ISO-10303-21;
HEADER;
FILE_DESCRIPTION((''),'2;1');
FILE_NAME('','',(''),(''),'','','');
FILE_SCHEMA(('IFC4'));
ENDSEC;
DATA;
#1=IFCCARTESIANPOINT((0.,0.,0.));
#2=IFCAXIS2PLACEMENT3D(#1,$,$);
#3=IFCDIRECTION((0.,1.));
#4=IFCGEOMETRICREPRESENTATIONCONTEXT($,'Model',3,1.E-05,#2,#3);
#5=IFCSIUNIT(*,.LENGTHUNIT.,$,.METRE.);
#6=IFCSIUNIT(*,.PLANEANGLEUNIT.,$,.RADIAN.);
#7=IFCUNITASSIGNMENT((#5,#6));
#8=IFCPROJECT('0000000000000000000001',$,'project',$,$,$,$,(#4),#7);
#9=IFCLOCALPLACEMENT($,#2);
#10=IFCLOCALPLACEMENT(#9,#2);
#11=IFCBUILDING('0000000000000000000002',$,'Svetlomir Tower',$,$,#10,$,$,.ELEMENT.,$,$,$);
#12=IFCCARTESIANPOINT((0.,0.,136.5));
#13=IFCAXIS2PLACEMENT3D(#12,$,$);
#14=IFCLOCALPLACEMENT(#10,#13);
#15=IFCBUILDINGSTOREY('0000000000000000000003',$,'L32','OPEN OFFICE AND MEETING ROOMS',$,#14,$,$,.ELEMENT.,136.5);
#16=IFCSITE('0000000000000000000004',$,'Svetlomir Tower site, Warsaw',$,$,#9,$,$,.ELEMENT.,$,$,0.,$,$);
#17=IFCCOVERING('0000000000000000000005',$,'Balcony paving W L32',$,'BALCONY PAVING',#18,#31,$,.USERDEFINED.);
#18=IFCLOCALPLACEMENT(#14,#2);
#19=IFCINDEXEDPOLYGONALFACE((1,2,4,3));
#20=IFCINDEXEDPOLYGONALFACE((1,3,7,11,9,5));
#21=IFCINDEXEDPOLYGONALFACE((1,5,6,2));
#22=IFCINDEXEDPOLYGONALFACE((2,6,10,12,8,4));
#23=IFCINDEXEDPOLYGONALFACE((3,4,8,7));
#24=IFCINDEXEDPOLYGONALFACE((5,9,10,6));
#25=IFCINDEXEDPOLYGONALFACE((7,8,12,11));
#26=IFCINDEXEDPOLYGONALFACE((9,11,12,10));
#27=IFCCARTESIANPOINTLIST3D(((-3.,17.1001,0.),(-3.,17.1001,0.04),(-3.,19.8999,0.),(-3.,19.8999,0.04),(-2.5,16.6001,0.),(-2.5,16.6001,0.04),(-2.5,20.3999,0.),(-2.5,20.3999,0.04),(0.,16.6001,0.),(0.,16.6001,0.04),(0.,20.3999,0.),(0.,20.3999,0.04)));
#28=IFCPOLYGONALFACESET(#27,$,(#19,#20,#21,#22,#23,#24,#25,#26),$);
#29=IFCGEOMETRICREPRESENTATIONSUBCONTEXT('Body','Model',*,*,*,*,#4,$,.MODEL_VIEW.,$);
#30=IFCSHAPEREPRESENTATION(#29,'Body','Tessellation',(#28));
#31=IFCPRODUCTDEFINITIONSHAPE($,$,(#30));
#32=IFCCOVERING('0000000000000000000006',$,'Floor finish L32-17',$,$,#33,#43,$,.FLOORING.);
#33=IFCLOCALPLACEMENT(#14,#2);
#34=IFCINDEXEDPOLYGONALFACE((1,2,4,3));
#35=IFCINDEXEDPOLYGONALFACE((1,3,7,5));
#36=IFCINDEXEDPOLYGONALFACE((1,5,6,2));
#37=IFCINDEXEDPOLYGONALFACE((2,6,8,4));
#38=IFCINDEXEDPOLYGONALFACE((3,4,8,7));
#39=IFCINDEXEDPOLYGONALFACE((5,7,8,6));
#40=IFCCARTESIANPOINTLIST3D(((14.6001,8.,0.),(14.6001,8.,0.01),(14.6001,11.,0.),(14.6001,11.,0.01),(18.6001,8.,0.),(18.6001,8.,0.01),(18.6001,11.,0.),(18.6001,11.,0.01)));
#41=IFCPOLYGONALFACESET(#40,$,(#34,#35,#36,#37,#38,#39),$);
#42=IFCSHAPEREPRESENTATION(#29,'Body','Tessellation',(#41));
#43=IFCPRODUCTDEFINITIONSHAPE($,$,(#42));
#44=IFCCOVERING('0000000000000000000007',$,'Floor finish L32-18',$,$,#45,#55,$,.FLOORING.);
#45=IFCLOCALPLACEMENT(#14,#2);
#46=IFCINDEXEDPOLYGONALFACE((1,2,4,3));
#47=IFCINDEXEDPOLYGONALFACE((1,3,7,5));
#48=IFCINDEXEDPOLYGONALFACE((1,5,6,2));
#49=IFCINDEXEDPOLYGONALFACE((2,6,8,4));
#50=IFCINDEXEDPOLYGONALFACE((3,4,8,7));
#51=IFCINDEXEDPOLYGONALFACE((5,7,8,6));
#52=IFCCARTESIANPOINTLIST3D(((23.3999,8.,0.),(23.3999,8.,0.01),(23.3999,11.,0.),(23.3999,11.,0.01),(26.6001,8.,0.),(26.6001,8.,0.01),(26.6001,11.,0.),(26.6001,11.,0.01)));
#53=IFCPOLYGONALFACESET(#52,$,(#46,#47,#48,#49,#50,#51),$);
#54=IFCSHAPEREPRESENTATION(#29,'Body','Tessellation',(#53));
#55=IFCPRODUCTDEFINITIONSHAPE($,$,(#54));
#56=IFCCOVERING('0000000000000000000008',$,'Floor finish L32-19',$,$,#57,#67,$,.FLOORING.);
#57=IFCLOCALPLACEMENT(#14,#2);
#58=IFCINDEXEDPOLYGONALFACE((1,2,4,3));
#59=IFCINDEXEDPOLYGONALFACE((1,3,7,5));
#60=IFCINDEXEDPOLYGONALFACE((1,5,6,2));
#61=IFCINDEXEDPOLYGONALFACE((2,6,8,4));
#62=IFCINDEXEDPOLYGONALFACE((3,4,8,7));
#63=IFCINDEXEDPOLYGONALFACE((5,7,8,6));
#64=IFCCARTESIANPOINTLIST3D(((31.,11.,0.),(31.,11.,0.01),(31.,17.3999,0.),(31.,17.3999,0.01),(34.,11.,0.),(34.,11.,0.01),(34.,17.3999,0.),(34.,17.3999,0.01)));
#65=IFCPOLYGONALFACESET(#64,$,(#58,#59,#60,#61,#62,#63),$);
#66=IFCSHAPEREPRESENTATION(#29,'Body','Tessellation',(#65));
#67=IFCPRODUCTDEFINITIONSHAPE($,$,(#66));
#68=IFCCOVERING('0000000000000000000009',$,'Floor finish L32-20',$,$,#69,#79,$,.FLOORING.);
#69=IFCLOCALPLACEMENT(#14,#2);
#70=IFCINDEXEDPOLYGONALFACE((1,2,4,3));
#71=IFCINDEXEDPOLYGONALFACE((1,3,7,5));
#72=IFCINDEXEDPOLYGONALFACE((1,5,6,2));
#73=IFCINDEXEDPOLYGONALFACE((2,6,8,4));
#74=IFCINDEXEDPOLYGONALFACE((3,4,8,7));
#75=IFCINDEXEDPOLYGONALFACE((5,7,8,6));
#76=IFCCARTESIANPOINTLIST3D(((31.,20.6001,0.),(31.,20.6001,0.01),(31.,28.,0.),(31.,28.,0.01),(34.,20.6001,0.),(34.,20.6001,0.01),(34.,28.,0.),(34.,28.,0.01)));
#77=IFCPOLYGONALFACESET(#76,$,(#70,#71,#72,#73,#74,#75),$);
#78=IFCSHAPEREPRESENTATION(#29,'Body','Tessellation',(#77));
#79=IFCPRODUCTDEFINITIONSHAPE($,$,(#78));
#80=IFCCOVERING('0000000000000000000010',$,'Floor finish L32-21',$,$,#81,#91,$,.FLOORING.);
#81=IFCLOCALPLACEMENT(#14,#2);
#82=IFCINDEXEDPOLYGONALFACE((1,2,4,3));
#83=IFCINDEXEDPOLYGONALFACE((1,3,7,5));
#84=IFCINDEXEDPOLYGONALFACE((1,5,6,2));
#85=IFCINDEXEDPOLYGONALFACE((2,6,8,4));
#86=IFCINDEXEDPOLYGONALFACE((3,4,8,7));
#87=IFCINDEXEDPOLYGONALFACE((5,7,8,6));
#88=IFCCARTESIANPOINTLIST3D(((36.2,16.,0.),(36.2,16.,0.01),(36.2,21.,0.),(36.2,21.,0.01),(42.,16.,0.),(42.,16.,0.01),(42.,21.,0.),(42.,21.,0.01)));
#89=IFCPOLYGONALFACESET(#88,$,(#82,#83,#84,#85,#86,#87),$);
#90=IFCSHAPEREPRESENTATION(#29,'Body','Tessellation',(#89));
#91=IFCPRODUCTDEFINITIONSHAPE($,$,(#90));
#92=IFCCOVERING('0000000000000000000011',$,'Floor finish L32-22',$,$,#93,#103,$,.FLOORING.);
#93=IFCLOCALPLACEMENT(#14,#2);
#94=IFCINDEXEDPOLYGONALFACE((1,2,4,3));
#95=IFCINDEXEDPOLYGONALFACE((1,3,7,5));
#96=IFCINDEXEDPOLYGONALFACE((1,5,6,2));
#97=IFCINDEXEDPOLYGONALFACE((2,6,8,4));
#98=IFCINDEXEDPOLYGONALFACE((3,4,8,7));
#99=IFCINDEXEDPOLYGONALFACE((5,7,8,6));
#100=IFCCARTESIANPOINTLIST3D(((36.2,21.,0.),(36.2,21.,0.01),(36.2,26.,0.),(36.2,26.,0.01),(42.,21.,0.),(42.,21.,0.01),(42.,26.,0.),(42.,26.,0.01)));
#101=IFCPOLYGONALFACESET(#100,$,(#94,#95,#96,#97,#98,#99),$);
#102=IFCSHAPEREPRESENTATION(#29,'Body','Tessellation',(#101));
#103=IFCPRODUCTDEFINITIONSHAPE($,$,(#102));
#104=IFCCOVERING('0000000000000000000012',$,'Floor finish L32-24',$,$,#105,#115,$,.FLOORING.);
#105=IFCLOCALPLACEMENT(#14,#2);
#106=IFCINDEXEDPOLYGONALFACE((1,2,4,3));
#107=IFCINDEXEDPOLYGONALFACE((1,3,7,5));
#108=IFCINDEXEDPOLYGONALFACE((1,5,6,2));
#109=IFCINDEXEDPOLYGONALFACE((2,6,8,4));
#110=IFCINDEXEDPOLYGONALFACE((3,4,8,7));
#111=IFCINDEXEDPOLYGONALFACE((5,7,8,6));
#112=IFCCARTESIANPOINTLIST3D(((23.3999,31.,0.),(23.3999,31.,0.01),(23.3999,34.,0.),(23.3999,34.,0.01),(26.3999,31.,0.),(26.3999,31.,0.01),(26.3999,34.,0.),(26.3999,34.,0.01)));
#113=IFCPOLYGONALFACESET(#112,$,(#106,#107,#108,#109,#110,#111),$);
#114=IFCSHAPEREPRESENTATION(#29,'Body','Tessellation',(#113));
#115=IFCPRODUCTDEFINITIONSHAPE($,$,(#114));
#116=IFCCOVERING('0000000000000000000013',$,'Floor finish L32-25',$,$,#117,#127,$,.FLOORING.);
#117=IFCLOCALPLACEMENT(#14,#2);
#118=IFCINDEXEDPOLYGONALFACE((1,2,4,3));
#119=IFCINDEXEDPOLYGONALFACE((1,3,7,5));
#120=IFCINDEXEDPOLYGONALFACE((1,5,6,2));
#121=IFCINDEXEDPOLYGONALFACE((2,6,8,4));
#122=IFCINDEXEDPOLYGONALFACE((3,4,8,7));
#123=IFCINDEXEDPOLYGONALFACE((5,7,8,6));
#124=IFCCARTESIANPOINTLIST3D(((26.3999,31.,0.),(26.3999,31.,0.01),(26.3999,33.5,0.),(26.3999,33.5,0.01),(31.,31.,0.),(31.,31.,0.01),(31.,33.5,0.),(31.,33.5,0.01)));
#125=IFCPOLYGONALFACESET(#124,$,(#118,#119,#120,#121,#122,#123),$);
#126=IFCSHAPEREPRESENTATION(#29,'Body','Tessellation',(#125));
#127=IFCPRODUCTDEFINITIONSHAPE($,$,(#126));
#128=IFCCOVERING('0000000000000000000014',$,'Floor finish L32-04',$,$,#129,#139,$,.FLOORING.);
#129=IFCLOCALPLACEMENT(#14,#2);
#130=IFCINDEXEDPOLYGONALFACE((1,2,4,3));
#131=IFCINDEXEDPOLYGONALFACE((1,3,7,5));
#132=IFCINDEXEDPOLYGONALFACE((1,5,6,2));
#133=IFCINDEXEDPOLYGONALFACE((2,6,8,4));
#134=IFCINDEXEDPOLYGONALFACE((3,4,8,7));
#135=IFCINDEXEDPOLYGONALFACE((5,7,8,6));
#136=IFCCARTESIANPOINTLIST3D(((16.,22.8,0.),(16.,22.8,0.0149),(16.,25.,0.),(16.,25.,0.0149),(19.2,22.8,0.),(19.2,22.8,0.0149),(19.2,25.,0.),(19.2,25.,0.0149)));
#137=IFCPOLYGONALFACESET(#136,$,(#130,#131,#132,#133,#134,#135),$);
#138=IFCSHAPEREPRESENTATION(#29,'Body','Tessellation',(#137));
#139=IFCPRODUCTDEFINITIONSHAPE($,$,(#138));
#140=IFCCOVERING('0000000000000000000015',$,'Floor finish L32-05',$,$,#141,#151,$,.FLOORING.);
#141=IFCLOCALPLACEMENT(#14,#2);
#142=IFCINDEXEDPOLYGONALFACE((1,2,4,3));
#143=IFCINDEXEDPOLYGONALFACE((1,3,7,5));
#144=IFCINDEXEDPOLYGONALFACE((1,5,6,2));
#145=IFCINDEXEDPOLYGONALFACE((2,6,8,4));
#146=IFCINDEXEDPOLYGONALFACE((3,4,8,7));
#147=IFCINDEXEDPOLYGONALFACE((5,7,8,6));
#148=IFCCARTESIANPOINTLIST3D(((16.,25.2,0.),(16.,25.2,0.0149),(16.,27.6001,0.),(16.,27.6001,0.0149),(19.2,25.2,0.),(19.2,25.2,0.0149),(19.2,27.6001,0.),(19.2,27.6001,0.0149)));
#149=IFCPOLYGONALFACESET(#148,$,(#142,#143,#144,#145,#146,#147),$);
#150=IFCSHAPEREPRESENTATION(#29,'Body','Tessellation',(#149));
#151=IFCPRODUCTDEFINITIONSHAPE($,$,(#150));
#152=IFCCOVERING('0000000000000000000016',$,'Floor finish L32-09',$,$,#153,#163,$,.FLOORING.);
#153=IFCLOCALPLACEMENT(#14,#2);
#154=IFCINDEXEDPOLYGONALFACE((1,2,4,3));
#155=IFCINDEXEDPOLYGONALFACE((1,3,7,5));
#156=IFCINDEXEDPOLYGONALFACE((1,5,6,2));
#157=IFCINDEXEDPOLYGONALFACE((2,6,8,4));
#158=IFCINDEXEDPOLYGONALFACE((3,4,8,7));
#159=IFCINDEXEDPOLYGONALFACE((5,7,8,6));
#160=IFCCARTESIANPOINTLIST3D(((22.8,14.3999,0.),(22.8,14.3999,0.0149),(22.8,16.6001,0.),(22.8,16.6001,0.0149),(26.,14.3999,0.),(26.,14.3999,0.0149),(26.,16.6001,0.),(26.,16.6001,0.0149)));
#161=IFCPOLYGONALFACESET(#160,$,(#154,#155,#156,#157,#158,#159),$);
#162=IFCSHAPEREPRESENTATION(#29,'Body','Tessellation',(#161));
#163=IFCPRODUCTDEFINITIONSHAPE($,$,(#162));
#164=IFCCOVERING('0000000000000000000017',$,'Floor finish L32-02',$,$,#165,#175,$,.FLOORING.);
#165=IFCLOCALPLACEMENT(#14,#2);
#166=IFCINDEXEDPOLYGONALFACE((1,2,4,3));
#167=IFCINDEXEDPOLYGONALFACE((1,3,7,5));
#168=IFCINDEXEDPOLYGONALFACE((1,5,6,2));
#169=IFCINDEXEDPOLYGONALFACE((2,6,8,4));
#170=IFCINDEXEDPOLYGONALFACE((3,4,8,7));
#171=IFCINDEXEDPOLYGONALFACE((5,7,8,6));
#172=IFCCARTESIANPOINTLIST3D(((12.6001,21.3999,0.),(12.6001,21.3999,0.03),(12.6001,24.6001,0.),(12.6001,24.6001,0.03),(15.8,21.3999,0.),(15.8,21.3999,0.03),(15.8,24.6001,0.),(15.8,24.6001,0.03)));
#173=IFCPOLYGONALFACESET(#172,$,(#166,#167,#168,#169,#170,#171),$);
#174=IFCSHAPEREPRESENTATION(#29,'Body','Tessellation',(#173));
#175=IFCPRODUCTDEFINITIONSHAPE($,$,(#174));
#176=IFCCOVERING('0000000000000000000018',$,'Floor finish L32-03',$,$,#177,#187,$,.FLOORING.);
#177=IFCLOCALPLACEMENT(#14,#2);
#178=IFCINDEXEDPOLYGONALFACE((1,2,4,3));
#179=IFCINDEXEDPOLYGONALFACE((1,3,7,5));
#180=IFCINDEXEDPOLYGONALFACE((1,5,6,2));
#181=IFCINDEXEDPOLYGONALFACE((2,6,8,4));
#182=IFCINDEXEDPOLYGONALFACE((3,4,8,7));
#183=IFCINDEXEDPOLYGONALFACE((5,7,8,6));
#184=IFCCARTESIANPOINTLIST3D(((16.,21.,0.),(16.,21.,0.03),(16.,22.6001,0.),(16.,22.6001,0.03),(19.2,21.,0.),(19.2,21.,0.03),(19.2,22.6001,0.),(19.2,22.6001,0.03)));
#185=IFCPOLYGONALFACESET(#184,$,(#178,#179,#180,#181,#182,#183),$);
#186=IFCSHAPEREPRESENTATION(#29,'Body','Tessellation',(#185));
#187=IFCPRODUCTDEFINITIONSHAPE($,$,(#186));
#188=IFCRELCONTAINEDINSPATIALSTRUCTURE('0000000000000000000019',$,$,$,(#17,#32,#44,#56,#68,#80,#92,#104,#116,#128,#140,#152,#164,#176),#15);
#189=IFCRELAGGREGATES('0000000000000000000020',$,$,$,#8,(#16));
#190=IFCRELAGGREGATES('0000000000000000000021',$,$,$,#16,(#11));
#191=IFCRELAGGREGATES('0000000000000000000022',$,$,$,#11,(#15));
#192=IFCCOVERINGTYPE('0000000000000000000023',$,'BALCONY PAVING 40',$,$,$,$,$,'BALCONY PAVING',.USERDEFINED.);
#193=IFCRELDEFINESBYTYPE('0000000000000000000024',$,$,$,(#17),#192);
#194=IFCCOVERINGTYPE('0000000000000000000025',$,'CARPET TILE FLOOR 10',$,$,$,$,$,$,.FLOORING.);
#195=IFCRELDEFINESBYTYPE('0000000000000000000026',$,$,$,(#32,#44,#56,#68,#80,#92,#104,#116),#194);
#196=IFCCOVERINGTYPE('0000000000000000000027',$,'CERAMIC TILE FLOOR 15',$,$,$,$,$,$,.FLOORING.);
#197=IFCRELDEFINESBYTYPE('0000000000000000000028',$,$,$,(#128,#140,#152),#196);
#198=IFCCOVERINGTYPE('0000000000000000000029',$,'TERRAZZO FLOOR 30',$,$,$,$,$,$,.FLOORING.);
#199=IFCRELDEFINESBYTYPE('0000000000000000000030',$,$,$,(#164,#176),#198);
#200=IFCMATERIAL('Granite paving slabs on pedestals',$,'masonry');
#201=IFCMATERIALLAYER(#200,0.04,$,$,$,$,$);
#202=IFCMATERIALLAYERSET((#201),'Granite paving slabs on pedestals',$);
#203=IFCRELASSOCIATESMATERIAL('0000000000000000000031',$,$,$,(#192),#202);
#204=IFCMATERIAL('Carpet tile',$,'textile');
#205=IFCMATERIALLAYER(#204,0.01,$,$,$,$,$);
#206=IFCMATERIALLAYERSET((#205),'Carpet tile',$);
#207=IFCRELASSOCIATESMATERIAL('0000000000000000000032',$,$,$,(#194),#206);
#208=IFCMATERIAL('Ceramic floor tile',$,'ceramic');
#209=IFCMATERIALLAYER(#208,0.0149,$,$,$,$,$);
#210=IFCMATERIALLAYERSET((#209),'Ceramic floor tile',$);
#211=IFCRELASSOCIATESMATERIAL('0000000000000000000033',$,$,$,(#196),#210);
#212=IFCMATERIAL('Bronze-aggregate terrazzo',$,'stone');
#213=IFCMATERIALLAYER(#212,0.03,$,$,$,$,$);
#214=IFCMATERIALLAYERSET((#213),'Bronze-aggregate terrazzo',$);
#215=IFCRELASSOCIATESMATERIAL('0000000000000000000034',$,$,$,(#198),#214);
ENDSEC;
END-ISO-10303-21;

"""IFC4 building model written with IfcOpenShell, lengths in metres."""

from ifc_helpers import new_model, si_unit, direction, frame, origin, place, context, subcontext, project, spatial, polyline, outline, extrude, material, layer, layer_set, type_object, element, save


model = new_model("IFC4")

# Units and contexts
model_context = context("Model", 3, precision=1e-05, world=origin(), true_north=direction((0.0, 1.0)))
body_context = subcontext(model_context, "Body", "Model", "MODEL_VIEW")
ifc_project = project(units=[si_unit("LENGTHUNIT", "METRE"), si_unit("PLANEANGLEUNIT", "RADIAN")], contexts=[model_context])

# Site, building, storey
site_placement = place(None, origin())
site = spatial("IfcSite", under=ifc_project, at=site_placement, Name="Svetlomir Tower site, Warsaw", CompositionType="ELEMENT", RefElevation=0.0)
building_placement = place(site_placement, origin())
building = spatial("IfcBuilding", under=site, at=building_placement, Name="Svetlomir Tower", CompositionType="ELEMENT")
storey_placement = place(building_placement, frame((0.0, 0.0, 136.5)))
storey = spatial("IfcBuildingStorey", under=building, at=storey_placement, Name="L32", Description="OPEN OFFICE AND MEETING ROOMS", CompositionType="ELEMENT", Elevation=136.5)

# Coverings
ifc_material_1 = material(Name="Granite paving slabs on pedestals", Category="masonry")
ifc_layer_1 = layer(ifc_material_1, 0.04)
ifc_layer_set_1 = layer_set([ifc_layer_1], Name="Granite paving slabs on pedestals")
covering_type_1 = type_object("IfcCoveringType", Name="BALCONY PAVING 40", ElementType="BALCONY PAVING", PredefinedType="USERDEFINED", material=ifc_layer_set_1)
covering_1_placement = place(storey_placement, origin())
element("IfcCovering", 1, at=covering_1_placement, inside=storey, type_object=covering_type_1, Name="Balcony paving W L32", ObjectType="BALCONY PAVING", PredefinedType="USERDEFINED", context=body_context, shape_type="SweptSolid", body=[
    extrude(outline(polyline([(-2.5, 16.6001), (0.0, 16.6001), (0.0, 20.3999), (-2.5, 20.3999), (-3.0, 19.8999), (-3.0, 17.1001), (-2.5, 16.6001)])), origin(), (0.0, 0.0, 1.0), 0.04),
])
ifc_material_2 = material(Name="Carpet tile", Category="textile")
ifc_layer_2 = layer(ifc_material_2, 0.01)
ifc_layer_set_2 = layer_set([ifc_layer_2], Name="Carpet tile")
covering_type_2 = type_object("IfcCoveringType", Name="CARPET TILE FLOOR 10", PredefinedType="FLOORING", material=ifc_layer_set_2)
covering_2_placement = place(storey_placement, origin())
element("IfcCovering", 2, at=covering_2_placement, inside=storey, type_object=covering_type_2, Name="Floor finish L32-17", PredefinedType="FLOORING", context=body_context, shape_type="SweptSolid", body=[
    extrude(outline(polyline([(14.6001, 8.0), (18.6001, 8.0), (18.6001, 11.0), (14.6001, 11.0), (14.6001, 8.0)])), origin(), (0.0, 0.0, 1.0), 0.01),
])
covering_3_placement = place(storey_placement, origin())
element("IfcCovering", 3, at=covering_3_placement, inside=storey, type_object=covering_type_2, Name="Floor finish L32-18", PredefinedType="FLOORING", context=body_context, shape_type="SweptSolid", body=[
    extrude(outline(polyline([(23.3999, 8.0), (26.6001, 8.0), (26.6001, 11.0), (23.3999, 11.0), (23.3999, 8.0)])), origin(), (0.0, 0.0, 1.0), 0.01),
])
covering_4_placement = place(storey_placement, origin())
element("IfcCovering", 4, at=covering_4_placement, inside=storey, type_object=covering_type_2, Name="Floor finish L32-19", PredefinedType="FLOORING", context=body_context, shape_type="SweptSolid", body=[
    extrude(outline(polyline([(31.0, 11.0), (34.0, 11.0), (34.0, 17.3999), (31.0, 17.3999), (31.0, 11.0)])), origin(), (0.0, 0.0, 1.0), 0.01),
])
covering_5_placement = place(storey_placement, origin())
element("IfcCovering", 5, at=covering_5_placement, inside=storey, type_object=covering_type_2, Name="Floor finish L32-20", PredefinedType="FLOORING", context=body_context, shape_type="SweptSolid", body=[
    extrude(outline(polyline([(31.0, 20.6001), (34.0, 20.6001), (34.0, 28.0), (31.0, 28.0), (31.0, 20.6001)])), origin(), (0.0, 0.0, 1.0), 0.01),
])
covering_6_placement = place(storey_placement, origin())
element("IfcCovering", 6, at=covering_6_placement, inside=storey, type_object=covering_type_2, Name="Floor finish L32-21", PredefinedType="FLOORING", context=body_context, shape_type="SweptSolid", body=[
    extrude(outline(polyline([(36.2, 16.0), (42.0, 16.0), (42.0, 21.0), (36.2, 21.0), (36.2, 16.0)])), origin(), (0.0, 0.0, 1.0), 0.01),
])
covering_7_placement = place(storey_placement, origin())
element("IfcCovering", 7, at=covering_7_placement, inside=storey, type_object=covering_type_2, Name="Floor finish L32-22", PredefinedType="FLOORING", context=body_context, shape_type="SweptSolid", body=[
    extrude(outline(polyline([(36.2, 21.0), (42.0, 21.0), (42.0, 26.0), (36.2, 26.0), (36.2, 21.0)])), origin(), (0.0, 0.0, 1.0), 0.01),
])
covering_8_placement = place(storey_placement, origin())
element("IfcCovering", 8, at=covering_8_placement, inside=storey, type_object=covering_type_2, Name="Floor finish L32-24", PredefinedType="FLOORING", context=body_context, shape_type="SweptSolid", body=[
    extrude(outline(polyline([(23.3999, 31.0), (26.3999, 31.0), (26.3999, 34.0), (23.3999, 34.0), (23.3999, 31.0)])), origin(), (0.0, 0.0, 1.0), 0.01),
])
covering_9_placement = place(storey_placement, origin())
element("IfcCovering", 9, at=covering_9_placement, inside=storey, type_object=covering_type_2, Name="Floor finish L32-25", PredefinedType="FLOORING", context=body_context, shape_type="SweptSolid", body=[
    extrude(outline(polyline([(26.3999, 31.0), (31.0, 31.0), (31.0, 33.5), (26.3999, 33.5), (26.3999, 31.0)])), origin(), (0.0, 0.0, 1.0), 0.01),
])
ifc_material_3 = material(Name="Ceramic floor tile", Category="ceramic")
ifc_layer_3 = layer(ifc_material_3, 0.0149)
ifc_layer_set_3 = layer_set([ifc_layer_3], Name="Ceramic floor tile")
covering_type_3 = type_object("IfcCoveringType", Name="CERAMIC TILE FLOOR 15", PredefinedType="FLOORING", material=ifc_layer_set_3)
covering_10_placement = place(storey_placement, origin())
element("IfcCovering", 10, at=covering_10_placement, inside=storey, type_object=covering_type_3, Name="Floor finish L32-04", PredefinedType="FLOORING", context=body_context, shape_type="SweptSolid", body=[
    extrude(outline(polyline([(16.0, 22.8), (19.2, 22.8), (19.2, 25.0), (16.0, 25.0), (16.0, 22.8)])), origin(), (0.0, 0.0, 1.0), 0.0149),
])
covering_11_placement = place(storey_placement, origin())
element("IfcCovering", 11, at=covering_11_placement, inside=storey, type_object=covering_type_3, Name="Floor finish L32-05", PredefinedType="FLOORING", context=body_context, shape_type="SweptSolid", body=[
    extrude(outline(polyline([(16.0, 25.2), (19.2, 25.2), (19.2, 27.6001), (16.0, 27.6001), (16.0, 25.2)])), origin(), (0.0, 0.0, 1.0), 0.0149),
])
covering_12_placement = place(storey_placement, origin())
element("IfcCovering", 12, at=covering_12_placement, inside=storey, type_object=covering_type_3, Name="Floor finish L32-09", PredefinedType="FLOORING", context=body_context, shape_type="SweptSolid", body=[
    extrude(outline(polyline([(22.8, 14.3999), (26.0, 14.3999), (26.0, 16.6001), (22.8, 16.6001), (22.8, 14.3999)])), origin(), (0.0, 0.0, 1.0), 0.0149),
])
ifc_material_4 = material(Name="Bronze-aggregate terrazzo", Category="stone")
ifc_layer_4 = layer(ifc_material_4, 0.03)
ifc_layer_set_4 = layer_set([ifc_layer_4], Name="Bronze-aggregate terrazzo")
covering_type_4 = type_object("IfcCoveringType", Name="TERRAZZO FLOOR 30", PredefinedType="FLOORING", material=ifc_layer_set_4)
covering_13_placement = place(storey_placement, origin())
element("IfcCovering", 13, at=covering_13_placement, inside=storey, type_object=covering_type_4, Name="Floor finish L32-02", PredefinedType="FLOORING", context=body_context, shape_type="SweptSolid", body=[
    extrude(outline(polyline([(12.6001, 21.3999), (15.8, 21.3999), (15.8, 24.6001), (12.6001, 24.6001), (12.6001, 21.3999)])), origin(), (0.0, 0.0, 1.0), 0.03),
])
covering_14_placement = place(storey_placement, origin())
element("IfcCovering", 14, at=covering_14_placement, inside=storey, type_object=covering_type_4, Name="Floor finish L32-03", PredefinedType="FLOORING", context=body_context, shape_type="SweptSolid", body=[
    extrude(outline(polyline([(16.0, 21.0), (19.2, 21.0), (19.2, 22.6001), (16.0, 22.6001), (16.0, 21.0)])), origin(), (0.0, 0.0, 1.0), 0.03),
])

save(model, "model.ifc")
